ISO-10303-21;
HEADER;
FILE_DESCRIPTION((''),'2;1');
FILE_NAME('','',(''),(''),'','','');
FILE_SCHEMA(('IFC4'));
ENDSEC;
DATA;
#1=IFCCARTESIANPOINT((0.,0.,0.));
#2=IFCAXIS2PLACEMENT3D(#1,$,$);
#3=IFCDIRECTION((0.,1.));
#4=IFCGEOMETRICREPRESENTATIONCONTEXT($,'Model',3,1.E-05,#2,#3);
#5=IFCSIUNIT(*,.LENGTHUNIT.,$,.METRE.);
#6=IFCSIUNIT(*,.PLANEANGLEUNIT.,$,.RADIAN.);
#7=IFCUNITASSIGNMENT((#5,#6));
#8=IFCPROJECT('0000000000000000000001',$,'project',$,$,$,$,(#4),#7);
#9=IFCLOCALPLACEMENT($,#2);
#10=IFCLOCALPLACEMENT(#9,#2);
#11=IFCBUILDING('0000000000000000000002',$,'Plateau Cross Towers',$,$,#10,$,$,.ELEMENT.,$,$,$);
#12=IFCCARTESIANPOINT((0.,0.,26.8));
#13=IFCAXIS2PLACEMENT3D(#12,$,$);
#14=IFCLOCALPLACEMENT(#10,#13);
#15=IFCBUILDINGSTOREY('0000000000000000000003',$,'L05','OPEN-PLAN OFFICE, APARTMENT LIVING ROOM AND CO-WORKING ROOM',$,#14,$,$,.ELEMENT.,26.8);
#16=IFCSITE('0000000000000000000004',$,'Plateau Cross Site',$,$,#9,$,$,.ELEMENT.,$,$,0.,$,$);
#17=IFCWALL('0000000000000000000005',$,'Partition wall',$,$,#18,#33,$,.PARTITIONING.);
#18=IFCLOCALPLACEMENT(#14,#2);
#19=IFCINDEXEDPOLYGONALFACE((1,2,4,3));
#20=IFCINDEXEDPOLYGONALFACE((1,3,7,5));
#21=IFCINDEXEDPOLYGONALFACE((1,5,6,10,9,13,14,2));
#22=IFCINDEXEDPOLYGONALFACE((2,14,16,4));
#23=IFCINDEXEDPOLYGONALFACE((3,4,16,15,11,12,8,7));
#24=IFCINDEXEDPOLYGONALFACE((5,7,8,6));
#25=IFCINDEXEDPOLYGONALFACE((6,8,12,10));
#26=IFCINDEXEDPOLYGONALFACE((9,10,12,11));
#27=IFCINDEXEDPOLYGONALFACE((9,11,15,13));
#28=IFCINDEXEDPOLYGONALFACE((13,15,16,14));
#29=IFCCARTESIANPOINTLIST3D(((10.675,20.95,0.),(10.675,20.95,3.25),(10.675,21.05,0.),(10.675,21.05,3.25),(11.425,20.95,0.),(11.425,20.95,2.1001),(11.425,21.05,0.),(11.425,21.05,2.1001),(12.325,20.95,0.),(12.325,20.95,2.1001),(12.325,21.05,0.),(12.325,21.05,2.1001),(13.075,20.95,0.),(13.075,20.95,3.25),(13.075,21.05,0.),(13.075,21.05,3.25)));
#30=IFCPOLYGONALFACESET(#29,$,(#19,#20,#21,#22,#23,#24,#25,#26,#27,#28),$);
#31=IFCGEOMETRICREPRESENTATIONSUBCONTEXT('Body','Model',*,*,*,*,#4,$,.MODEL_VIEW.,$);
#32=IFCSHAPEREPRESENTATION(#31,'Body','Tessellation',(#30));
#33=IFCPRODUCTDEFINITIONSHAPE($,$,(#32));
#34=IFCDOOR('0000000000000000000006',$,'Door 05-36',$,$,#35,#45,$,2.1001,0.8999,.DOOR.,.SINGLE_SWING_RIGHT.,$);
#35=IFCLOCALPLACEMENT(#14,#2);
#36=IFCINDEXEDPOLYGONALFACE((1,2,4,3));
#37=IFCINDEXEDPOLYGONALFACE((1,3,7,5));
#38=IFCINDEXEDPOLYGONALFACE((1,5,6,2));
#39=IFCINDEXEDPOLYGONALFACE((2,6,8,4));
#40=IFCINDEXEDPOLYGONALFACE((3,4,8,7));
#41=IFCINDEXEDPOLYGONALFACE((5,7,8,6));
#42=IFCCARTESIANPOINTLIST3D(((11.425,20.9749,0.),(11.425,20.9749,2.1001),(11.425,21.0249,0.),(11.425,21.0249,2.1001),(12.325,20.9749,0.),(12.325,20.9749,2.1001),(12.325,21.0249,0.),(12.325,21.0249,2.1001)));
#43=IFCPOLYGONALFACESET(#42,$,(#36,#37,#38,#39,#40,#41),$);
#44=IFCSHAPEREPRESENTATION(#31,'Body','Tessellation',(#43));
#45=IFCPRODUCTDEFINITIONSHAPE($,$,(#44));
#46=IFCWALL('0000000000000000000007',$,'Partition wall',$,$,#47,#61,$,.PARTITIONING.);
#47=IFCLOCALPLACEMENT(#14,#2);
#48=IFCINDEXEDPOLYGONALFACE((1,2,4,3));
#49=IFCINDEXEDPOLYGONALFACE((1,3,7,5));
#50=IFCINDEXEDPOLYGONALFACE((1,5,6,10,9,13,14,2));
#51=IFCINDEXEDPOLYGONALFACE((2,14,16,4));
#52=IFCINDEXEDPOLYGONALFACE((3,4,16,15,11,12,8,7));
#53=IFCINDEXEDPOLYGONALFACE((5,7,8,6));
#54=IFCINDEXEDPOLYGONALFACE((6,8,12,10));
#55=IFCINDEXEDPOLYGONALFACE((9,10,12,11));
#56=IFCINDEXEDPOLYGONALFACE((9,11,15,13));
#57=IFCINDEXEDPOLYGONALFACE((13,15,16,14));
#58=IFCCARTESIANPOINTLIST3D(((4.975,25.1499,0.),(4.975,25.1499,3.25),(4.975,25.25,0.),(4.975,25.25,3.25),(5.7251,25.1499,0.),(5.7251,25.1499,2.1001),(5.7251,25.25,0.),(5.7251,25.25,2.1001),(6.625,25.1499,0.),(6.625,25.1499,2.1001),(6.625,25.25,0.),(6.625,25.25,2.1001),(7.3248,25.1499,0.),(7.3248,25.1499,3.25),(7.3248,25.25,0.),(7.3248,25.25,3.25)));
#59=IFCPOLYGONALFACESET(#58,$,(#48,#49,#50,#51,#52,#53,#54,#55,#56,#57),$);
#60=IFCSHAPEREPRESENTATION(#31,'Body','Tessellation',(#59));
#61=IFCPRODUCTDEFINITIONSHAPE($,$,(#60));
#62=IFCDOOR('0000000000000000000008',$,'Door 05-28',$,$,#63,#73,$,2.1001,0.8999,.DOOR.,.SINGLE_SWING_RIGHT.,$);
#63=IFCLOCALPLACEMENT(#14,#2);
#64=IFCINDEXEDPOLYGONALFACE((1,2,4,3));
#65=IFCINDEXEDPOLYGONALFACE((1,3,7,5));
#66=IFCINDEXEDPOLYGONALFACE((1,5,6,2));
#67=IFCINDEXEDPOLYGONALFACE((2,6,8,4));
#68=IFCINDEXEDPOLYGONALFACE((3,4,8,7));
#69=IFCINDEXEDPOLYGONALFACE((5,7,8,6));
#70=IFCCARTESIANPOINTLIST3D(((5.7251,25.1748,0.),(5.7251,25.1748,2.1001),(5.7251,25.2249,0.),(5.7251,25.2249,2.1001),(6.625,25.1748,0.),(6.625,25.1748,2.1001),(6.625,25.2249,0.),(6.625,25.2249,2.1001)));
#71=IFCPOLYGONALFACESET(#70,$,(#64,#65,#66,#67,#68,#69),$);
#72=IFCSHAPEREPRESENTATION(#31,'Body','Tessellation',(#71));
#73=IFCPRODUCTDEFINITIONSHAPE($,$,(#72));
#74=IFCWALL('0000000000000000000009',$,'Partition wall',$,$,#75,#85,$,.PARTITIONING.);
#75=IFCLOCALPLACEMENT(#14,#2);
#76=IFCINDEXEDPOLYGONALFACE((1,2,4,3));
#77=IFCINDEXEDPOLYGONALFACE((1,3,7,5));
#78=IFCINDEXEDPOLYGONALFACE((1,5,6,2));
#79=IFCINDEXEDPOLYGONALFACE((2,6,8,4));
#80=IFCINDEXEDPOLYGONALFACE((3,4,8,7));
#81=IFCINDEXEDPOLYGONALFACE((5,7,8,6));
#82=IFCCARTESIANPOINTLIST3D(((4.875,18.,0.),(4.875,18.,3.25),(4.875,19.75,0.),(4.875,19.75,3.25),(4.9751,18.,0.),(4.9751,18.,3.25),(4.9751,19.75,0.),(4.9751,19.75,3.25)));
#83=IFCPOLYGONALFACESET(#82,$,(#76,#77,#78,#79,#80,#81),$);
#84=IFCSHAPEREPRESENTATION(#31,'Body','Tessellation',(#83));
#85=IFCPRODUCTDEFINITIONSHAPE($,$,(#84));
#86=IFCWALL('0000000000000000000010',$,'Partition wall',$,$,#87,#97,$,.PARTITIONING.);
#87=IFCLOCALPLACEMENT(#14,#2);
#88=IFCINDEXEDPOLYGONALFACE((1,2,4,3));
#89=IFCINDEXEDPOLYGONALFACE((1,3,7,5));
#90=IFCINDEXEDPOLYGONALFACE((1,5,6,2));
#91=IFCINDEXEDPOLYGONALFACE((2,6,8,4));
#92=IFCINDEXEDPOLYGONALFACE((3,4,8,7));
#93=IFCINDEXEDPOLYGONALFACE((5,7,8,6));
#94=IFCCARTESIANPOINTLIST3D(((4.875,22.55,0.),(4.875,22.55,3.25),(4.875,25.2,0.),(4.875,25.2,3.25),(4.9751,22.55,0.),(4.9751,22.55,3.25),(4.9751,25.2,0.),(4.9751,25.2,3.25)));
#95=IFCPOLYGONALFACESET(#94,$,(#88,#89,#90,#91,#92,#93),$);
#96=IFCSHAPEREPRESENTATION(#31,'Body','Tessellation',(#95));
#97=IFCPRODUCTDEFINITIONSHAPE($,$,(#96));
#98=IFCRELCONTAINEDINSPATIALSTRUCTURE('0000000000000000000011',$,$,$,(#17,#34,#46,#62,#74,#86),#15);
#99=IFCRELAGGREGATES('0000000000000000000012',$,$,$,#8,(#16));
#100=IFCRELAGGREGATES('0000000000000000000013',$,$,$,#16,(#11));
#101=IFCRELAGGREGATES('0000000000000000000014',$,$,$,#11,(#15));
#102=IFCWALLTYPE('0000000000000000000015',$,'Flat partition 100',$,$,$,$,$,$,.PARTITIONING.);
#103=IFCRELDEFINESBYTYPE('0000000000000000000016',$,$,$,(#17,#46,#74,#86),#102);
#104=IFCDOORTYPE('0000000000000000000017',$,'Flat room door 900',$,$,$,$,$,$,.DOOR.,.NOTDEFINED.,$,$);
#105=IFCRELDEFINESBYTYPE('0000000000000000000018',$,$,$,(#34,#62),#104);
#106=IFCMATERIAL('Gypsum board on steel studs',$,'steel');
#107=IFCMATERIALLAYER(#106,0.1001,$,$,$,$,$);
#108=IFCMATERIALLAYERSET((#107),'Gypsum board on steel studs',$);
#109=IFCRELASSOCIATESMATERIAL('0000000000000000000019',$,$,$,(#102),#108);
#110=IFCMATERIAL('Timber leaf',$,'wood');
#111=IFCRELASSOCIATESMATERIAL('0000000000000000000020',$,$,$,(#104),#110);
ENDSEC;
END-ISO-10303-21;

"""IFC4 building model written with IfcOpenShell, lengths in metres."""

from ifc_helpers import new_model, si_unit, direction, frame, frame_2d, origin, place, context, subcontext, project, spatial, rectangle, extrude, material, layer, layer_set, type_object, element, fill, save


model = new_model("IFC4")

# Units and contexts
model_context = context("Model", 3, precision=1e-05, world=origin(), true_north=direction((0.0, 1.0)))
body_context = subcontext(model_context, "Body", "Model", "MODEL_VIEW")
ifc_project = project(units=[si_unit("LENGTHUNIT", "METRE"), si_unit("PLANEANGLEUNIT", "RADIAN")], contexts=[model_context])

# Site, building, storey
site_placement = place(None, origin())
site = spatial("IfcSite", under=ifc_project, at=site_placement, Name="Plateau Cross Site", CompositionType="ELEMENT", RefElevation=0.0)
building_placement = place(site_placement, origin())
building = spatial("IfcBuilding", under=site, at=building_placement, Name="Plateau Cross Towers", CompositionType="ELEMENT")
storey_placement = place(building_placement, frame((0.0, 0.0, 26.8)))
storey = spatial("IfcBuildingStorey", under=building, at=storey_placement, Name="L05", Description="OPEN-PLAN OFFICE, APARTMENT LIVING ROOM AND CO-WORKING ROOM", CompositionType="ELEMENT", Elevation=26.8)

# Walls, openings, doors
ifc_material_1 = material(Name="Gypsum board on steel studs", Category="steel")
ifc_layer_1 = layer(ifc_material_1, 0.1001)
ifc_layer_set_1 = layer_set([ifc_layer_1], Name="Gypsum board on steel studs")
wall_type_1 = type_object("IfcWallType", Name="Flat partition 100", PredefinedType="PARTITIONING", material=ifc_layer_set_1)
ifc_material_2 = material(Name="Timber leaf", Category="wood")
door_type_1 = type_object("IfcDoorType", Name="Flat room door 900", OperationType="NOTDEFINED", PredefinedType="DOOR", material=ifc_material_2)
wall_1_placement = place(storey_placement, frame((10.675, 21.0, 0.0), z_axis=(0.0, 0.0, 1.0), x_axis=(1.0, 0.0, 0.0)))
wall_1 = element("IfcWall", 1, at=wall_1_placement, inside=storey, type_object=wall_type_1, Name="Partition wall", PredefinedType="PARTITIONING", context=body_context, shape_type="SweptSolid", body=[
    extrude(rectangle(XDim=2.3999, YDim=0.1001, at=frame_2d((1.2, 0.0))), origin(), (0.0, 0.0, 1.0), 3.25),
])
opening_1_placement = place(wall_1_placement, frame((0.75, 0.0, 0.0)))
opening_1 = element("IfcOpeningElement", 2, at=opening_1_placement, cuts=wall_1, PredefinedType="OPENING", context=body_context, shape_type="SweptSolid", body=[
    extrude(rectangle(XDim=0.8999, YDim=2.1001, at=frame_2d((0.45, 1.05))), frame((0.0, 0.0601, 0.0), z_axis=(0.0, -1.0, 0.0), x_axis=(1.0, 0.0, 0.0)), (0.0, 0.0, 1.0), 0.1201),
])
door_1_placement = place(opening_1_placement, origin())
door_1 = element("IfcDoor", 3, at=door_1_placement, inside=storey, type_object=door_type_1, Name="Door 05-36", OperationType="SINGLE_SWING_RIGHT", OverallHeight=2.1001, OverallWidth=0.8999, PredefinedType="DOOR", context=body_context, shape_type="SweptSolid", body=[
    extrude(rectangle(XDim=0.8999, YDim=2.1001, at=frame_2d((0.45, 1.05))), frame((0.0, 0.0249, 0.0), z_axis=(0.0, -1.0, 0.0), x_axis=(1.0, 0.0, 0.0)), (0.0, 0.0, 1.0), 0.05),
])
fill(opening_1, door_1)
wall_2_placement = place(storey_placement, frame((4.9751, 25.2, 0.0), z_axis=(0.0, 0.0, 1.0), x_axis=(1.0, 0.0, 0.0)))
wall_2 = element("IfcWall", 4, at=wall_2_placement, inside=storey, type_object=wall_type_1, Name="Partition wall", PredefinedType="PARTITIONING", context=body_context, shape_type="SweptSolid", body=[
    extrude(rectangle(XDim=2.3499, YDim=0.1001, at=frame_2d((1.1748, 0.0))), origin(), (0.0, 0.0, 1.0), 3.25),
])
opening_2_placement = place(wall_2_placement, frame((0.75, 0.0, 0.0)))
opening_2 = element("IfcOpeningElement", 5, at=opening_2_placement, cuts=wall_2, PredefinedType="OPENING", context=body_context, shape_type="SweptSolid", body=[
    extrude(rectangle(XDim=0.8999, YDim=2.1001, at=frame_2d((0.45, 1.05))), frame((0.0, 0.0601, 0.0), z_axis=(0.0, -1.0, 0.0), x_axis=(1.0, 0.0, 0.0)), (0.0, 0.0, 1.0), 0.1201),
])
door_2_placement = place(opening_2_placement, origin())
door_2 = element("IfcDoor", 6, at=door_2_placement, inside=storey, type_object=door_type_1, Name="Door 05-28", OperationType="SINGLE_SWING_RIGHT", OverallHeight=2.1001, OverallWidth=0.8999, PredefinedType="DOOR", context=body_context, shape_type="SweptSolid", body=[
    extrude(rectangle(XDim=0.8999, YDim=2.1001, at=frame_2d((0.45, 1.05))), frame((0.0, 0.0249, 0.0), z_axis=(0.0, -1.0, 0.0), x_axis=(1.0, 0.0, 0.0)), (0.0, 0.0, 1.0), 0.05),
])
fill(opening_2, door_2)

# Walls
wall_3_placement = place(storey_placement, frame((4.925, 19.75, 0.0), z_axis=(0.0, 0.0, 1.0), x_axis=(0.0, -1.0, 0.0)))
element("IfcWall", 7, at=wall_3_placement, inside=storey, type_object=wall_type_1, Name="Partition wall", PredefinedType="PARTITIONING", context=body_context, shape_type="SweptSolid", body=[
    extrude(rectangle(XDim=1.75, YDim=0.1001, at=frame_2d((0.875, 0.0))), origin(), (0.0, 0.0, 1.0), 3.25),
])
wall_4_placement = place(storey_placement, frame((4.925, 22.55, 0.0), z_axis=(0.0, 0.0, 1.0), x_axis=(0.0, 1.0, 0.0)))
element("IfcWall", 8, at=wall_4_placement, inside=storey, type_object=wall_type_1, Name="Partition wall", PredefinedType="PARTITIONING", context=body_context, shape_type="SweptSolid", body=[
    extrude(rectangle(XDim=2.6499, YDim=0.1001, at=frame_2d((1.325, 0.0))), origin(), (0.0, 0.0, 1.0), 3.25),
])

save(model, "model.ifc")
